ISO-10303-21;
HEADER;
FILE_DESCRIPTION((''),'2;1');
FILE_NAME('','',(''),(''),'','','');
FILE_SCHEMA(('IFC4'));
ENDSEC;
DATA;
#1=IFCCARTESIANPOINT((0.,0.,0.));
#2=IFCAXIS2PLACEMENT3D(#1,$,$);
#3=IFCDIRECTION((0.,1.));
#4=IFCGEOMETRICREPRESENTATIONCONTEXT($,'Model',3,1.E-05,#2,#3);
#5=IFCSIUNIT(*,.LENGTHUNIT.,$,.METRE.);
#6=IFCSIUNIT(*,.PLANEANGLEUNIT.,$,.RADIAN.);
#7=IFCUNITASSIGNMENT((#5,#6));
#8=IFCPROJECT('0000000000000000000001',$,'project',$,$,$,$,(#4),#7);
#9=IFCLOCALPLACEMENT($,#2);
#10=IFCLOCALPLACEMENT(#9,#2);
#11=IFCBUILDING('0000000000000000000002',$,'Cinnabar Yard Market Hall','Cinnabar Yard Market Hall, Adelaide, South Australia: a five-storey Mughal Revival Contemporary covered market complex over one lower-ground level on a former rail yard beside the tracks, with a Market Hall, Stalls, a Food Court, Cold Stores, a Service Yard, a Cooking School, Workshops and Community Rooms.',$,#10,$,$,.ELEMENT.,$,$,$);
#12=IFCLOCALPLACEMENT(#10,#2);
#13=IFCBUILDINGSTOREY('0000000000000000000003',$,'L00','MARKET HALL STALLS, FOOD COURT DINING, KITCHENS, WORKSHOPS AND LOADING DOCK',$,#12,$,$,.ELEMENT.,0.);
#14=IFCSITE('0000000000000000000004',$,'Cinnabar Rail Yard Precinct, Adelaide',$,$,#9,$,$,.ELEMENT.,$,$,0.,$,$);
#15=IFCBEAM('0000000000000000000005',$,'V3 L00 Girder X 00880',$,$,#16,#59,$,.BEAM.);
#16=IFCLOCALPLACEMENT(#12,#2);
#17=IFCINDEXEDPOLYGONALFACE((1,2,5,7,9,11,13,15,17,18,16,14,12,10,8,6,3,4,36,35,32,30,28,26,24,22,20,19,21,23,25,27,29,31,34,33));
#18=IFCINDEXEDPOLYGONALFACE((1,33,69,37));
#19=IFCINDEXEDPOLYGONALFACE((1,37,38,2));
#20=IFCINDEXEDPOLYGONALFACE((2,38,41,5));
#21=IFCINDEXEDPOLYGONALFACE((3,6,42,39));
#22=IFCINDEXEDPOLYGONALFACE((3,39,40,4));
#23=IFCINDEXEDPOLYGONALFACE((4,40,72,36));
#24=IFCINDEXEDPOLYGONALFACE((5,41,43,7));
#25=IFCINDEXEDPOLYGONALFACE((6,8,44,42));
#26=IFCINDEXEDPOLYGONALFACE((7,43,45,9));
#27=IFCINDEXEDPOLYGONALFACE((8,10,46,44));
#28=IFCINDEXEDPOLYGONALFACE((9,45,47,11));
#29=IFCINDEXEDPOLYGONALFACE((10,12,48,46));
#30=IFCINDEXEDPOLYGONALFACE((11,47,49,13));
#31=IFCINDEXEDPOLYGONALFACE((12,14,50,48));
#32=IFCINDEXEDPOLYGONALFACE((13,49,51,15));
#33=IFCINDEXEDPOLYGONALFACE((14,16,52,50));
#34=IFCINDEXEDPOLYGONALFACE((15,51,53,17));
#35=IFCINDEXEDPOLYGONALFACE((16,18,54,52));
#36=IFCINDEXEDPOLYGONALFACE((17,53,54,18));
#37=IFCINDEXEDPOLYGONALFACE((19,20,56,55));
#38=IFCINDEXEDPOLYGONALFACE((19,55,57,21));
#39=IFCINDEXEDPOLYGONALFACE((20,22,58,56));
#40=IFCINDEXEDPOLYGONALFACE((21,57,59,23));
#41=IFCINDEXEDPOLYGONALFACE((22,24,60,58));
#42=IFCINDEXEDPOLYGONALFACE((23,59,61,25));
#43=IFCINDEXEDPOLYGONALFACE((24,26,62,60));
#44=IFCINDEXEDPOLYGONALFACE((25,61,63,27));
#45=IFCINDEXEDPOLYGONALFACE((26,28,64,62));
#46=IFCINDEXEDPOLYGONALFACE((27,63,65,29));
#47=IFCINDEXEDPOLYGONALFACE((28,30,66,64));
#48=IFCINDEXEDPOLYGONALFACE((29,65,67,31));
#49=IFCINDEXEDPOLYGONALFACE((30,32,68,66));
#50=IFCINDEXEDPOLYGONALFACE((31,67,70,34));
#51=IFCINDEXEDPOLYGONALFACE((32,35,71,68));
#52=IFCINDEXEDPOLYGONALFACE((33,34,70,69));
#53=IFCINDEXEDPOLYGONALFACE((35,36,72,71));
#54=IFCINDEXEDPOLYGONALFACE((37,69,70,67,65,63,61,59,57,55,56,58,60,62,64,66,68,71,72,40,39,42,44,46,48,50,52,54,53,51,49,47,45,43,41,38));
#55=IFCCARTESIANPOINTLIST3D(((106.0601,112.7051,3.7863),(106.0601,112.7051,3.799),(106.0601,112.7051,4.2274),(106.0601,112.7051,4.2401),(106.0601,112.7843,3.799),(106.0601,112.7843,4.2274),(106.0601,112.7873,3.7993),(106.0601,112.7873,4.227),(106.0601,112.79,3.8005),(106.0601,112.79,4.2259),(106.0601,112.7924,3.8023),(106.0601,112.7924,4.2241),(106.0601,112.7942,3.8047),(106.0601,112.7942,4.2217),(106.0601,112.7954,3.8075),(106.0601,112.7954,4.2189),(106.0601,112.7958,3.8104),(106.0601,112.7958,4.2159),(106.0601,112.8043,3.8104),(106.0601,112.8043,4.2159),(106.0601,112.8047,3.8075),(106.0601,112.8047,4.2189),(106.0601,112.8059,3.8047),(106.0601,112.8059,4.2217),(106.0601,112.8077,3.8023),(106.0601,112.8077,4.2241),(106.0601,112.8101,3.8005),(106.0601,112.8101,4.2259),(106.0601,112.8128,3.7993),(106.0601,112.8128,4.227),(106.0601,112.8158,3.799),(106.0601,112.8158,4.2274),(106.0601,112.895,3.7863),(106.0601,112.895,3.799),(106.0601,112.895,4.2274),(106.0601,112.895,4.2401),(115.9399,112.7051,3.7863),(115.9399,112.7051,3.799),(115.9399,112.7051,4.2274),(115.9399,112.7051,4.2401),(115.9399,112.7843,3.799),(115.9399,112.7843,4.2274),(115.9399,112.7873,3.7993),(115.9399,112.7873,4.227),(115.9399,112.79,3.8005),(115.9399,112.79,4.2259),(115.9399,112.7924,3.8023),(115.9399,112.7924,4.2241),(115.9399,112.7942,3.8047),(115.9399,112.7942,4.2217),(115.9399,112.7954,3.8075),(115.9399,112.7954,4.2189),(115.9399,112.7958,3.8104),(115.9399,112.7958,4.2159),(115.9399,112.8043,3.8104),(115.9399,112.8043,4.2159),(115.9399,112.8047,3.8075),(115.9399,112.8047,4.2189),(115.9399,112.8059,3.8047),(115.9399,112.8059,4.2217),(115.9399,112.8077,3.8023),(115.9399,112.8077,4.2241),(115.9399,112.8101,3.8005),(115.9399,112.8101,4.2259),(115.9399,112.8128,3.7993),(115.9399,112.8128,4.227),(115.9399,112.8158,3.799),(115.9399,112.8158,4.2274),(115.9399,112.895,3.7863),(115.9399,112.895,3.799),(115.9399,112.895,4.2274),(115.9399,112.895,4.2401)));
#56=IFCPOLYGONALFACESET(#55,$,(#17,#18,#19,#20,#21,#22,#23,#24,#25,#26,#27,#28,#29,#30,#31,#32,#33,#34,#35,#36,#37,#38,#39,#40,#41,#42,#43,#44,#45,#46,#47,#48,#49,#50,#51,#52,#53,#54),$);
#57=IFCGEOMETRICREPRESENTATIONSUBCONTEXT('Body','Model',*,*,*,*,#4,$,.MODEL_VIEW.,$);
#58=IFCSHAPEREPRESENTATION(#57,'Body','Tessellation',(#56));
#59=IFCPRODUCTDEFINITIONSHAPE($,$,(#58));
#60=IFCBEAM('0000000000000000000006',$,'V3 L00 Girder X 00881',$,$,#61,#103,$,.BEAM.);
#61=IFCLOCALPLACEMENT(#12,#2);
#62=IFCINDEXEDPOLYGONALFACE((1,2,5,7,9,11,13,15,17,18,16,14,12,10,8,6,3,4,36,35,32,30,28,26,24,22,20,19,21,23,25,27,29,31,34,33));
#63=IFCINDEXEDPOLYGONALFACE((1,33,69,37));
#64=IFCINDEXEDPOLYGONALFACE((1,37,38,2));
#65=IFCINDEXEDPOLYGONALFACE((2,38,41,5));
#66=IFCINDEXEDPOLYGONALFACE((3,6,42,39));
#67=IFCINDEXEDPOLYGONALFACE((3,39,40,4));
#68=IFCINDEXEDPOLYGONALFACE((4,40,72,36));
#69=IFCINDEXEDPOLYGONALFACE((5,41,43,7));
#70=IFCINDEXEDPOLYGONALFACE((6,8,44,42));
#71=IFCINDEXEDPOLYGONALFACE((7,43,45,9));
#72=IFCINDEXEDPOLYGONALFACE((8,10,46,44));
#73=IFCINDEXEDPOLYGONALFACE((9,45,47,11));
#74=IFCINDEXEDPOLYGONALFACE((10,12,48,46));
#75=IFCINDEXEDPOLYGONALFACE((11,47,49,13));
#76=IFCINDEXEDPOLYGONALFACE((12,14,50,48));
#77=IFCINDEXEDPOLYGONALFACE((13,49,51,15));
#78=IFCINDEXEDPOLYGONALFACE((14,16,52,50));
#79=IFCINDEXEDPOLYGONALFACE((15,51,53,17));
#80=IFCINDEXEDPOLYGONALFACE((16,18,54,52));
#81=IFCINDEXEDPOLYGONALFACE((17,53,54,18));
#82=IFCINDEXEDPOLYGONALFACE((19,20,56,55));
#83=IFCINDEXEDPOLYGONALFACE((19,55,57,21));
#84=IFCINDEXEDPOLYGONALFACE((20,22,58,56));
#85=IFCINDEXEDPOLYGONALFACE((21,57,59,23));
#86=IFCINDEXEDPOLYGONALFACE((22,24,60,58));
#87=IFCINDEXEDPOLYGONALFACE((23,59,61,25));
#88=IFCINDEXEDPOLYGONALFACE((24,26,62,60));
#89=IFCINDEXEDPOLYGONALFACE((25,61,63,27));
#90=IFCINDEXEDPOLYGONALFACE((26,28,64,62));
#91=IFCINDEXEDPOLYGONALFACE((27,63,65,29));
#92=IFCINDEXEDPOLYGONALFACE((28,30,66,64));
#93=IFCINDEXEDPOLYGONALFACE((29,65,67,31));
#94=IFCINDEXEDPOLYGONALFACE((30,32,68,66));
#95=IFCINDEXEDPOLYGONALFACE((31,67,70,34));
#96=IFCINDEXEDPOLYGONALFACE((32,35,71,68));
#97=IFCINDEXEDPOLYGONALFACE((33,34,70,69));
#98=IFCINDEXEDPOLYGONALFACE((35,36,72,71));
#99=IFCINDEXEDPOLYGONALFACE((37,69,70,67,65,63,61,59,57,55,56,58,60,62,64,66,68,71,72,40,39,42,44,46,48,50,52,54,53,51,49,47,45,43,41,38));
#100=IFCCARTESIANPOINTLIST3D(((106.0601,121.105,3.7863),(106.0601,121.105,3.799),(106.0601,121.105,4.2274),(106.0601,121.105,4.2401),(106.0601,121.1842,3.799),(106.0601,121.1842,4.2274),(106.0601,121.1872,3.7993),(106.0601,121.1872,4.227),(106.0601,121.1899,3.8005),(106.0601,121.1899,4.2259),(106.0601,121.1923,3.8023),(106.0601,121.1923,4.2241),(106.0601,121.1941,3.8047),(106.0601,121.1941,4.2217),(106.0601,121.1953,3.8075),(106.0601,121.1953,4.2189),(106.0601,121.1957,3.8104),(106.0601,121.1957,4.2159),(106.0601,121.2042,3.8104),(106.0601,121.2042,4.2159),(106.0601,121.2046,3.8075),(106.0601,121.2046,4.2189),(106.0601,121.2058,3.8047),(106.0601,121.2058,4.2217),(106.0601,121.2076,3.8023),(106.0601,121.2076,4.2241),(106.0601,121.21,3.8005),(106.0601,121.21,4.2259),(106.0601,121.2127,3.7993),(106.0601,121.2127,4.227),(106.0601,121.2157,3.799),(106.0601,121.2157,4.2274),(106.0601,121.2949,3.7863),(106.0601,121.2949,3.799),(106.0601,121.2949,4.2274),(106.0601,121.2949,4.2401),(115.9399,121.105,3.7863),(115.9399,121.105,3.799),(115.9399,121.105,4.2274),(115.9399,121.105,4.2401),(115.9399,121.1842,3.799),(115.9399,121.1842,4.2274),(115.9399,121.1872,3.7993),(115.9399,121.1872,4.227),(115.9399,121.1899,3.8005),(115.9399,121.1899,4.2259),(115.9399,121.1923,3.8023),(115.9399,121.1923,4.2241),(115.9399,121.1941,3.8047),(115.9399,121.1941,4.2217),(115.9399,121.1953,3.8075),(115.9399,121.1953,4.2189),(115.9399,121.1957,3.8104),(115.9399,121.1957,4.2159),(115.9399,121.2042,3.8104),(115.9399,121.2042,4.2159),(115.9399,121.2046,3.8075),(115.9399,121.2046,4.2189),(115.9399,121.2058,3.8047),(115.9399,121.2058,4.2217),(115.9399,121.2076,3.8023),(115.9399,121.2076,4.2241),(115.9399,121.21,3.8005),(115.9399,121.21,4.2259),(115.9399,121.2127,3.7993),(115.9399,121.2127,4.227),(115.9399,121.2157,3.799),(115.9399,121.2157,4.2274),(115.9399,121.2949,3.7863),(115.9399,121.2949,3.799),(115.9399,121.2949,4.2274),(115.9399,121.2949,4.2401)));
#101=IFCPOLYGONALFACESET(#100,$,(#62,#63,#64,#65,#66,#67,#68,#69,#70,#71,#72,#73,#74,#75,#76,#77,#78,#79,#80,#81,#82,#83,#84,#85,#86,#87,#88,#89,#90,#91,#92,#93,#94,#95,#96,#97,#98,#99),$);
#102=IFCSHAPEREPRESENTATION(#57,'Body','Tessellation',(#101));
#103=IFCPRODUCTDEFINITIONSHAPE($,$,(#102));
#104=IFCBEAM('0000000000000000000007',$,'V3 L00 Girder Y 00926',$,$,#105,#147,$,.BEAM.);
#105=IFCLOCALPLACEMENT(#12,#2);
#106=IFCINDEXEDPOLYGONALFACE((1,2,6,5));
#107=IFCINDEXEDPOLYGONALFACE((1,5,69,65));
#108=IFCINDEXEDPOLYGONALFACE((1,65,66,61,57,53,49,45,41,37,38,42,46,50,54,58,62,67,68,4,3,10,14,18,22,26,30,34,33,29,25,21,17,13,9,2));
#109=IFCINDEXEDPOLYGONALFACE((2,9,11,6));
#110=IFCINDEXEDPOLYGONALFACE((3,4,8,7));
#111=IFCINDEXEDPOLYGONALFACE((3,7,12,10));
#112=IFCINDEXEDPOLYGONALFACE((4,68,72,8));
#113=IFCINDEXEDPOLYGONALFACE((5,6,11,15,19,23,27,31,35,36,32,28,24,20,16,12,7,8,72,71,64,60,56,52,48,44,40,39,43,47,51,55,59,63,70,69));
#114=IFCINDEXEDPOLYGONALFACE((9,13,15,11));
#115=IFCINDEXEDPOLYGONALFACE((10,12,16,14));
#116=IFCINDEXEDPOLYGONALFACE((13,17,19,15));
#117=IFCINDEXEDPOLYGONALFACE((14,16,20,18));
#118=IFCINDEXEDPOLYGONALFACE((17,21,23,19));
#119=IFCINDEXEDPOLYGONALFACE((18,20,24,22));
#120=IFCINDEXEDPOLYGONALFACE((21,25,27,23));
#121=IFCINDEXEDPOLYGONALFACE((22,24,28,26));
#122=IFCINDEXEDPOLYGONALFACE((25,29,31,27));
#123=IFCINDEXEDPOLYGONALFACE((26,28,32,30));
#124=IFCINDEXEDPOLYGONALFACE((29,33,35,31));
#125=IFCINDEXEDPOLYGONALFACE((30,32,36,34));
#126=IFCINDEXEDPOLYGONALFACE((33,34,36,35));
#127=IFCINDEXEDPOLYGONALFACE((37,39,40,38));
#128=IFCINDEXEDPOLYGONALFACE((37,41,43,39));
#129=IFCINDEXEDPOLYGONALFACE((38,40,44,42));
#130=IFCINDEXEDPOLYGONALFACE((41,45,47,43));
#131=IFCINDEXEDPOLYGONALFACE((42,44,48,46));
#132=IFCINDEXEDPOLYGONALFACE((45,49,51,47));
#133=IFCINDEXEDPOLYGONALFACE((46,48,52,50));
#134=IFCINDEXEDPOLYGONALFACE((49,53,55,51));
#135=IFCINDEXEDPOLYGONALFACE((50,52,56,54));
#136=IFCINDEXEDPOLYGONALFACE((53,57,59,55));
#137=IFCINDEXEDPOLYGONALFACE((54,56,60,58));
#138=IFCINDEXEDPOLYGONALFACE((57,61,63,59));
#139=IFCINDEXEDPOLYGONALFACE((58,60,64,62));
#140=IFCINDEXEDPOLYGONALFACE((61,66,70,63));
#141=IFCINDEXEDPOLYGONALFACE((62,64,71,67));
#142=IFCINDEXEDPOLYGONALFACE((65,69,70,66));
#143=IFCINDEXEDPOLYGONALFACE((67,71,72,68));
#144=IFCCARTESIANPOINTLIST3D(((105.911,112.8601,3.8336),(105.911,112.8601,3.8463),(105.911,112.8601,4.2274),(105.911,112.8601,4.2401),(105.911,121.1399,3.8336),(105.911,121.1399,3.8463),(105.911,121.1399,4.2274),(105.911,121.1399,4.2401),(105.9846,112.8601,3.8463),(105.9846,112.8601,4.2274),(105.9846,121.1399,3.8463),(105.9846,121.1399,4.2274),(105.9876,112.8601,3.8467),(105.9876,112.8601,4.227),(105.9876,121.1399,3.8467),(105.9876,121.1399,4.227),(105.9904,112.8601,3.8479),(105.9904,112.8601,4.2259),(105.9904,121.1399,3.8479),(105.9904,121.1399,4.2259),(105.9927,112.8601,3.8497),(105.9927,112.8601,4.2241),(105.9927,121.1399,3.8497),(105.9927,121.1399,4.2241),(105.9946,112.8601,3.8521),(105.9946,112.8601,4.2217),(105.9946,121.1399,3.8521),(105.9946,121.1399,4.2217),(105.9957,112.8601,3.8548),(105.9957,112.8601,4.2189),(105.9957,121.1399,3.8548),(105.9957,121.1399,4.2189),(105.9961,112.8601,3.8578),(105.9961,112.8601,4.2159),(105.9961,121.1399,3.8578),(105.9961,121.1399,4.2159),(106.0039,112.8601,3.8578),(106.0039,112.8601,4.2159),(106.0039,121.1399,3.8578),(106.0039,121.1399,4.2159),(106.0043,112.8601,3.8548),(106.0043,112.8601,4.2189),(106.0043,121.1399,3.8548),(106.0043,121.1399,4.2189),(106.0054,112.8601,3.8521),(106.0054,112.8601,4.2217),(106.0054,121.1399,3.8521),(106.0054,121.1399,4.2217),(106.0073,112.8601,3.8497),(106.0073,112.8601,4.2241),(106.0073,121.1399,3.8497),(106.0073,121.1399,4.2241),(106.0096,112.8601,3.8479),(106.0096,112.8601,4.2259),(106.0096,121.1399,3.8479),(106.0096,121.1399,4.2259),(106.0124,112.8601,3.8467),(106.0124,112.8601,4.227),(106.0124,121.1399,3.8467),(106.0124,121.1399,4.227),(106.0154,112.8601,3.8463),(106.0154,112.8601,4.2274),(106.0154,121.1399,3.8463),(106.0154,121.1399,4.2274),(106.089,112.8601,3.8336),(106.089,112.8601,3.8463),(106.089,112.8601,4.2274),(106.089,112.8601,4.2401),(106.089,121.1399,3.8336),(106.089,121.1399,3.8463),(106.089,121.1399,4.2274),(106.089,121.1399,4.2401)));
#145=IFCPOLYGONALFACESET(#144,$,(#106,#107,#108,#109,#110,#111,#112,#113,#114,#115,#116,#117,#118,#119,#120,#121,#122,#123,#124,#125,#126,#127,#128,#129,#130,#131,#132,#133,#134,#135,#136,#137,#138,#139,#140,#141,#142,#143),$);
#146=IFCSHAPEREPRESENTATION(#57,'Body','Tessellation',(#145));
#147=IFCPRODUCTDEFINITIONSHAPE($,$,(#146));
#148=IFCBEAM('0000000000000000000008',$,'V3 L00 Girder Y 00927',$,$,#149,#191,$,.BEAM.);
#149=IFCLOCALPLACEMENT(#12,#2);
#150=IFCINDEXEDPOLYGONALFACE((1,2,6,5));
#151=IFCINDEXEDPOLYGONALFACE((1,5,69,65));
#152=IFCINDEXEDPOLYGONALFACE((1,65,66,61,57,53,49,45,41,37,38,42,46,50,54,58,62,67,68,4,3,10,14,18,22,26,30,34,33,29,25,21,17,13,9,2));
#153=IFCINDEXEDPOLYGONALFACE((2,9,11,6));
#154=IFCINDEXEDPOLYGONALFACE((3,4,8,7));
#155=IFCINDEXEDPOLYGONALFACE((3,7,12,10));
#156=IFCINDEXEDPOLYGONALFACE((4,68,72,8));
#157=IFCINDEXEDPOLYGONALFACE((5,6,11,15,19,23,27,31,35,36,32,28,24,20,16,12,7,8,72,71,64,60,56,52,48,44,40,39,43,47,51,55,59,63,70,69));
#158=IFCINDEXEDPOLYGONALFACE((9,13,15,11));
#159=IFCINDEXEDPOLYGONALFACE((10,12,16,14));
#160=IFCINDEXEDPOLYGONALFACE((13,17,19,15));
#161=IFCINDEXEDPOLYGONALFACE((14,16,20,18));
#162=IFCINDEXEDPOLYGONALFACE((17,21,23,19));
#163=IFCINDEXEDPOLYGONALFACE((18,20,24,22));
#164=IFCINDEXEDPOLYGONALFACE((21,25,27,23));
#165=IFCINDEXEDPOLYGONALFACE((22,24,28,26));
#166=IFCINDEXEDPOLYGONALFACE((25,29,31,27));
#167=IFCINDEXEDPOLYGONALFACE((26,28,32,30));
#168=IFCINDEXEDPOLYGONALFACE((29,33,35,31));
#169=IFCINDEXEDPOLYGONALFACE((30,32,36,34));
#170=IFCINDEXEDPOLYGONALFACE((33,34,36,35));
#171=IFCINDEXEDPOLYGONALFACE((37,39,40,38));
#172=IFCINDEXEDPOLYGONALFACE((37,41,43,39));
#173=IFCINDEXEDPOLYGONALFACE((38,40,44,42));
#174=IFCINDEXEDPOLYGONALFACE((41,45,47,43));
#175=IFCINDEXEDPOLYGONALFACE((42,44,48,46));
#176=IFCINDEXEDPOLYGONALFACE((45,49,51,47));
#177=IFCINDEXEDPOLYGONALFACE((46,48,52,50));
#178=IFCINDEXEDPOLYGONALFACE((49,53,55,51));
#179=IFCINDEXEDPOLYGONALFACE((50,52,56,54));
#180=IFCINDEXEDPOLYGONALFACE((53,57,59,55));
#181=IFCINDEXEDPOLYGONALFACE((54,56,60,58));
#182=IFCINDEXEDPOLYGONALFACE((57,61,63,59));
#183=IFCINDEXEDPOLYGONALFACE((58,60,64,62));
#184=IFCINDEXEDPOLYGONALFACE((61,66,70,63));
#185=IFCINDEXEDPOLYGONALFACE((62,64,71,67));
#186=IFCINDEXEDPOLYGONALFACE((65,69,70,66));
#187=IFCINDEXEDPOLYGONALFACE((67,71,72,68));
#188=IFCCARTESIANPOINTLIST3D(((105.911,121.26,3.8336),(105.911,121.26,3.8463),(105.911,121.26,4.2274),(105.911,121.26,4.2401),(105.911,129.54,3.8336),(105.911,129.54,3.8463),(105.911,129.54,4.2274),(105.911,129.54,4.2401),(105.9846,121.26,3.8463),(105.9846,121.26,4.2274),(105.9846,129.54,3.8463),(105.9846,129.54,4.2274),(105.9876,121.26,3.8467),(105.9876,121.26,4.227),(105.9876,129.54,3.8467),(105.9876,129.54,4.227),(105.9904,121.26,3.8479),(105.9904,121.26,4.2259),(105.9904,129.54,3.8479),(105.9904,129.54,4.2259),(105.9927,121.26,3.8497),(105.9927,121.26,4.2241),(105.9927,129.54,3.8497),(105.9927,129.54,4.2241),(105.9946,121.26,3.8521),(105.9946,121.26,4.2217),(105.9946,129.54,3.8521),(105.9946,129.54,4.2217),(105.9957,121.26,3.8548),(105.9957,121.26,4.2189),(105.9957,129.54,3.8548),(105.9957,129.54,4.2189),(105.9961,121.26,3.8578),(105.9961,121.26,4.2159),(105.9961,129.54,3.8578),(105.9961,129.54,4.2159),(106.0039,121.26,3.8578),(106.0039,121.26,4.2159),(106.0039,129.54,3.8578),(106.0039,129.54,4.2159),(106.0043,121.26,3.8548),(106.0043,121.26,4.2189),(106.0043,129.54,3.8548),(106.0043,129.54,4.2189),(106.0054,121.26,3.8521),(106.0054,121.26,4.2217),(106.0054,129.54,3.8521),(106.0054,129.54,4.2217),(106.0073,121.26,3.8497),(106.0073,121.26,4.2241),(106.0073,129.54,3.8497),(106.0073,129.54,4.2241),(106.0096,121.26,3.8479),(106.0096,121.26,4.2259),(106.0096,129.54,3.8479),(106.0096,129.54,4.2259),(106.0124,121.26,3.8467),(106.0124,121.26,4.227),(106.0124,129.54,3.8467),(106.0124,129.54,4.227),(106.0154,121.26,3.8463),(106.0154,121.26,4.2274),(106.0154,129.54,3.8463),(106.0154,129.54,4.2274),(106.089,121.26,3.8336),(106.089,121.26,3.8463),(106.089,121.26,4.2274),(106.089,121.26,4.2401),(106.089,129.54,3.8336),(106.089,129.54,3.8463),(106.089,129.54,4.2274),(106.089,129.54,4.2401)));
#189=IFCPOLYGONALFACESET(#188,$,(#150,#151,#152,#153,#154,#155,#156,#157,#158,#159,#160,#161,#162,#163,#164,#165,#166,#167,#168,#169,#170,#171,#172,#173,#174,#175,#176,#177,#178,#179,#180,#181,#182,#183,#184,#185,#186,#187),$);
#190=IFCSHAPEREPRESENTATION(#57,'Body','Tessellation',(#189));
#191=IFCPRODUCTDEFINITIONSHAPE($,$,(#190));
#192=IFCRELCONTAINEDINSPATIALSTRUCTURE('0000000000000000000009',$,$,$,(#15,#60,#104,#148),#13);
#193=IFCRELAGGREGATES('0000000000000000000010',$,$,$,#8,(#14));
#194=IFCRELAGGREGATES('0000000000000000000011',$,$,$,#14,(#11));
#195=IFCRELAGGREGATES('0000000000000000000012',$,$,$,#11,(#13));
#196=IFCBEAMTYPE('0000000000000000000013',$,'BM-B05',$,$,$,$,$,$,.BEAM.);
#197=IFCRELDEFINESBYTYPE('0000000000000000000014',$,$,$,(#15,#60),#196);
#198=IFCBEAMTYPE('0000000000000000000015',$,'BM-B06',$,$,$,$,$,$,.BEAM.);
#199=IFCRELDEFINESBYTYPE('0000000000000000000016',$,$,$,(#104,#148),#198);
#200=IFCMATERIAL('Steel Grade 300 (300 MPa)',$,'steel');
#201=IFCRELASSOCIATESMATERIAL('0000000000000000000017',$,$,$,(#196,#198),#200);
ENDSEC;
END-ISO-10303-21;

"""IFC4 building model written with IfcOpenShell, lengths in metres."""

from ifc_helpers import new_model, si_unit, direction, frame, origin, origin_2d_with_axis, place, context, subcontext, project, spatial, i_section, extrude, material, material_profile, profile_set, type_object, element, save


model = new_model("IFC4")

# Units and contexts
model_context = context("Model", 3, precision=1e-05, world=origin(), true_north=direction((0.0, 1.0)))
body_context = subcontext(model_context, "Body", "Model", "MODEL_VIEW")
ifc_project = project(units=[si_unit("LENGTHUNIT", "METRE"), si_unit("PLANEANGLEUNIT", "RADIAN")], contexts=[model_context])

# Site, building, storey
site_placement = place(None, origin())
site = spatial("IfcSite", under=ifc_project, at=site_placement, Name="Cinnabar Rail Yard Precinct, Adelaide", CompositionType="ELEMENT", RefElevation=0.0)
building_placement = place(site_placement, origin())
building = spatial("IfcBuilding", under=site, at=building_placement, Name="Cinnabar Yard Market Hall", Description="Cinnabar Yard Market Hall, Adelaide, South Australia: a five-storey Mughal Revival Contemporary covered market complex over one lower-ground level on a former rail yard beside the tracks, with a Market Hall, Stalls, a Food Court, Cold Stores, a Service Yard, a Cooking School, Workshops and Community Rooms.", CompositionType="ELEMENT")
storey_placement = place(building_placement, origin())
storey = spatial("IfcBuildingStorey", under=building, at=storey_placement, Name="L00", Description="MARKET HALL STALLS, FOOD COURT DINING, KITCHENS, WORKSHOPS AND LOADING DOCK", CompositionType="ELEMENT", Elevation=0.0)

# Beams
ifc_material_1 = material(Name="Steel Grade 300 (300 MPa)", Category="steel")
ifc_material_profile_1 = material_profile(ifc_material_1, i_section(OverallWidth=0.1899, OverallDepth=0.4539, WebThickness=0.0085, FlangeThickness=0.0127, FilletRadius=0.0115, at=origin_2d_with_axis()), Name="460UB67.1")
ifc_profile_set_1 = profile_set([ifc_material_profile_1], Name="Steel Grade 300 (300 MPa)")
beam_type_1 = type_object("IfcBeamType", Name="BM-B05", PredefinedType="BEAM", material=ifc_profile_set_1)
for number, where, z_axis, x_axis, name in (
    (1, (106.0601, 112.8, 4.0132), (1.0, 0.0, 0.0), (0.0, 1.0, 0.0), "V3 L00 Girder X 00880"),
    (2, (106.0601, 121.2, 4.0132), (1.0, 0.0, 0.0), (0.0, 1.0, 0.0), "V3 L00 Girder X 00881"),
):
    element("IfcBeam", number, at=place(storey_placement, frame(where, z_axis=z_axis, x_axis=x_axis)), inside=storey, type_object=beam_type_1, Name=name, PredefinedType="BEAM", context=body_context, shape_type="SweptSolid", body=[
        extrude(i_section(OverallWidth=0.1899, OverallDepth=0.4539, WebThickness=0.0085, FlangeThickness=0.0127, FilletRadius=0.0115, at=origin_2d_with_axis()), origin(), (0.0, 0.0, 1.0), 9.8799),
    ])
ifc_material_profile_2 = material_profile(ifc_material_1, i_section(OverallWidth=0.178, OverallDepth=0.4065, WebThickness=0.0078, FlangeThickness=0.0127, FilletRadius=0.0115, at=origin_2d_with_axis()), Name="410UB59.7")
ifc_profile_set_2 = profile_set([ifc_material_profile_2], Name="Steel Grade 300 (300 MPa)")
beam_type_2 = type_object("IfcBeamType", Name="BM-B06", PredefinedType="BEAM", material=ifc_profile_set_2)
beam_1_placement = place(storey_placement, frame((106.0, 112.8601, 4.0369), z_axis=(0.0, 1.0, 0.0), x_axis=(-1.0, 0.0, 0.0)))
element("IfcBeam", 3, at=beam_1_placement, inside=storey, type_object=beam_type_2, Name="V3 L00 Girder Y 00926", PredefinedType="BEAM", context=body_context, shape_type="SweptSolid", body=[
    extrude(i_section(OverallWidth=0.178, OverallDepth=0.4065, WebThickness=0.0078, FlangeThickness=0.0127, FilletRadius=0.0115, at=origin_2d_with_axis()), origin(), (0.0, 0.0, 1.0), 8.2798),
])
beam_2_placement = place(storey_placement, frame((106.0, 121.26, 4.0369), z_axis=(0.0, 1.0, 0.0), x_axis=(-1.0, 0.0, 0.0)))
element("IfcBeam", 4, at=beam_2_placement, inside=storey, type_object=beam_type_2, Name="V3 L00 Girder Y 00927", PredefinedType="BEAM", context=body_context, shape_type="SweptSolid", body=[
    extrude(i_section(OverallWidth=0.178, OverallDepth=0.4065, WebThickness=0.0078, FlangeThickness=0.0127, FilletRadius=0.0115, at=origin_2d_with_axis()), origin(), (0.0, 0.0, 1.0), 8.28),
])

save(model, "model.ifc")
